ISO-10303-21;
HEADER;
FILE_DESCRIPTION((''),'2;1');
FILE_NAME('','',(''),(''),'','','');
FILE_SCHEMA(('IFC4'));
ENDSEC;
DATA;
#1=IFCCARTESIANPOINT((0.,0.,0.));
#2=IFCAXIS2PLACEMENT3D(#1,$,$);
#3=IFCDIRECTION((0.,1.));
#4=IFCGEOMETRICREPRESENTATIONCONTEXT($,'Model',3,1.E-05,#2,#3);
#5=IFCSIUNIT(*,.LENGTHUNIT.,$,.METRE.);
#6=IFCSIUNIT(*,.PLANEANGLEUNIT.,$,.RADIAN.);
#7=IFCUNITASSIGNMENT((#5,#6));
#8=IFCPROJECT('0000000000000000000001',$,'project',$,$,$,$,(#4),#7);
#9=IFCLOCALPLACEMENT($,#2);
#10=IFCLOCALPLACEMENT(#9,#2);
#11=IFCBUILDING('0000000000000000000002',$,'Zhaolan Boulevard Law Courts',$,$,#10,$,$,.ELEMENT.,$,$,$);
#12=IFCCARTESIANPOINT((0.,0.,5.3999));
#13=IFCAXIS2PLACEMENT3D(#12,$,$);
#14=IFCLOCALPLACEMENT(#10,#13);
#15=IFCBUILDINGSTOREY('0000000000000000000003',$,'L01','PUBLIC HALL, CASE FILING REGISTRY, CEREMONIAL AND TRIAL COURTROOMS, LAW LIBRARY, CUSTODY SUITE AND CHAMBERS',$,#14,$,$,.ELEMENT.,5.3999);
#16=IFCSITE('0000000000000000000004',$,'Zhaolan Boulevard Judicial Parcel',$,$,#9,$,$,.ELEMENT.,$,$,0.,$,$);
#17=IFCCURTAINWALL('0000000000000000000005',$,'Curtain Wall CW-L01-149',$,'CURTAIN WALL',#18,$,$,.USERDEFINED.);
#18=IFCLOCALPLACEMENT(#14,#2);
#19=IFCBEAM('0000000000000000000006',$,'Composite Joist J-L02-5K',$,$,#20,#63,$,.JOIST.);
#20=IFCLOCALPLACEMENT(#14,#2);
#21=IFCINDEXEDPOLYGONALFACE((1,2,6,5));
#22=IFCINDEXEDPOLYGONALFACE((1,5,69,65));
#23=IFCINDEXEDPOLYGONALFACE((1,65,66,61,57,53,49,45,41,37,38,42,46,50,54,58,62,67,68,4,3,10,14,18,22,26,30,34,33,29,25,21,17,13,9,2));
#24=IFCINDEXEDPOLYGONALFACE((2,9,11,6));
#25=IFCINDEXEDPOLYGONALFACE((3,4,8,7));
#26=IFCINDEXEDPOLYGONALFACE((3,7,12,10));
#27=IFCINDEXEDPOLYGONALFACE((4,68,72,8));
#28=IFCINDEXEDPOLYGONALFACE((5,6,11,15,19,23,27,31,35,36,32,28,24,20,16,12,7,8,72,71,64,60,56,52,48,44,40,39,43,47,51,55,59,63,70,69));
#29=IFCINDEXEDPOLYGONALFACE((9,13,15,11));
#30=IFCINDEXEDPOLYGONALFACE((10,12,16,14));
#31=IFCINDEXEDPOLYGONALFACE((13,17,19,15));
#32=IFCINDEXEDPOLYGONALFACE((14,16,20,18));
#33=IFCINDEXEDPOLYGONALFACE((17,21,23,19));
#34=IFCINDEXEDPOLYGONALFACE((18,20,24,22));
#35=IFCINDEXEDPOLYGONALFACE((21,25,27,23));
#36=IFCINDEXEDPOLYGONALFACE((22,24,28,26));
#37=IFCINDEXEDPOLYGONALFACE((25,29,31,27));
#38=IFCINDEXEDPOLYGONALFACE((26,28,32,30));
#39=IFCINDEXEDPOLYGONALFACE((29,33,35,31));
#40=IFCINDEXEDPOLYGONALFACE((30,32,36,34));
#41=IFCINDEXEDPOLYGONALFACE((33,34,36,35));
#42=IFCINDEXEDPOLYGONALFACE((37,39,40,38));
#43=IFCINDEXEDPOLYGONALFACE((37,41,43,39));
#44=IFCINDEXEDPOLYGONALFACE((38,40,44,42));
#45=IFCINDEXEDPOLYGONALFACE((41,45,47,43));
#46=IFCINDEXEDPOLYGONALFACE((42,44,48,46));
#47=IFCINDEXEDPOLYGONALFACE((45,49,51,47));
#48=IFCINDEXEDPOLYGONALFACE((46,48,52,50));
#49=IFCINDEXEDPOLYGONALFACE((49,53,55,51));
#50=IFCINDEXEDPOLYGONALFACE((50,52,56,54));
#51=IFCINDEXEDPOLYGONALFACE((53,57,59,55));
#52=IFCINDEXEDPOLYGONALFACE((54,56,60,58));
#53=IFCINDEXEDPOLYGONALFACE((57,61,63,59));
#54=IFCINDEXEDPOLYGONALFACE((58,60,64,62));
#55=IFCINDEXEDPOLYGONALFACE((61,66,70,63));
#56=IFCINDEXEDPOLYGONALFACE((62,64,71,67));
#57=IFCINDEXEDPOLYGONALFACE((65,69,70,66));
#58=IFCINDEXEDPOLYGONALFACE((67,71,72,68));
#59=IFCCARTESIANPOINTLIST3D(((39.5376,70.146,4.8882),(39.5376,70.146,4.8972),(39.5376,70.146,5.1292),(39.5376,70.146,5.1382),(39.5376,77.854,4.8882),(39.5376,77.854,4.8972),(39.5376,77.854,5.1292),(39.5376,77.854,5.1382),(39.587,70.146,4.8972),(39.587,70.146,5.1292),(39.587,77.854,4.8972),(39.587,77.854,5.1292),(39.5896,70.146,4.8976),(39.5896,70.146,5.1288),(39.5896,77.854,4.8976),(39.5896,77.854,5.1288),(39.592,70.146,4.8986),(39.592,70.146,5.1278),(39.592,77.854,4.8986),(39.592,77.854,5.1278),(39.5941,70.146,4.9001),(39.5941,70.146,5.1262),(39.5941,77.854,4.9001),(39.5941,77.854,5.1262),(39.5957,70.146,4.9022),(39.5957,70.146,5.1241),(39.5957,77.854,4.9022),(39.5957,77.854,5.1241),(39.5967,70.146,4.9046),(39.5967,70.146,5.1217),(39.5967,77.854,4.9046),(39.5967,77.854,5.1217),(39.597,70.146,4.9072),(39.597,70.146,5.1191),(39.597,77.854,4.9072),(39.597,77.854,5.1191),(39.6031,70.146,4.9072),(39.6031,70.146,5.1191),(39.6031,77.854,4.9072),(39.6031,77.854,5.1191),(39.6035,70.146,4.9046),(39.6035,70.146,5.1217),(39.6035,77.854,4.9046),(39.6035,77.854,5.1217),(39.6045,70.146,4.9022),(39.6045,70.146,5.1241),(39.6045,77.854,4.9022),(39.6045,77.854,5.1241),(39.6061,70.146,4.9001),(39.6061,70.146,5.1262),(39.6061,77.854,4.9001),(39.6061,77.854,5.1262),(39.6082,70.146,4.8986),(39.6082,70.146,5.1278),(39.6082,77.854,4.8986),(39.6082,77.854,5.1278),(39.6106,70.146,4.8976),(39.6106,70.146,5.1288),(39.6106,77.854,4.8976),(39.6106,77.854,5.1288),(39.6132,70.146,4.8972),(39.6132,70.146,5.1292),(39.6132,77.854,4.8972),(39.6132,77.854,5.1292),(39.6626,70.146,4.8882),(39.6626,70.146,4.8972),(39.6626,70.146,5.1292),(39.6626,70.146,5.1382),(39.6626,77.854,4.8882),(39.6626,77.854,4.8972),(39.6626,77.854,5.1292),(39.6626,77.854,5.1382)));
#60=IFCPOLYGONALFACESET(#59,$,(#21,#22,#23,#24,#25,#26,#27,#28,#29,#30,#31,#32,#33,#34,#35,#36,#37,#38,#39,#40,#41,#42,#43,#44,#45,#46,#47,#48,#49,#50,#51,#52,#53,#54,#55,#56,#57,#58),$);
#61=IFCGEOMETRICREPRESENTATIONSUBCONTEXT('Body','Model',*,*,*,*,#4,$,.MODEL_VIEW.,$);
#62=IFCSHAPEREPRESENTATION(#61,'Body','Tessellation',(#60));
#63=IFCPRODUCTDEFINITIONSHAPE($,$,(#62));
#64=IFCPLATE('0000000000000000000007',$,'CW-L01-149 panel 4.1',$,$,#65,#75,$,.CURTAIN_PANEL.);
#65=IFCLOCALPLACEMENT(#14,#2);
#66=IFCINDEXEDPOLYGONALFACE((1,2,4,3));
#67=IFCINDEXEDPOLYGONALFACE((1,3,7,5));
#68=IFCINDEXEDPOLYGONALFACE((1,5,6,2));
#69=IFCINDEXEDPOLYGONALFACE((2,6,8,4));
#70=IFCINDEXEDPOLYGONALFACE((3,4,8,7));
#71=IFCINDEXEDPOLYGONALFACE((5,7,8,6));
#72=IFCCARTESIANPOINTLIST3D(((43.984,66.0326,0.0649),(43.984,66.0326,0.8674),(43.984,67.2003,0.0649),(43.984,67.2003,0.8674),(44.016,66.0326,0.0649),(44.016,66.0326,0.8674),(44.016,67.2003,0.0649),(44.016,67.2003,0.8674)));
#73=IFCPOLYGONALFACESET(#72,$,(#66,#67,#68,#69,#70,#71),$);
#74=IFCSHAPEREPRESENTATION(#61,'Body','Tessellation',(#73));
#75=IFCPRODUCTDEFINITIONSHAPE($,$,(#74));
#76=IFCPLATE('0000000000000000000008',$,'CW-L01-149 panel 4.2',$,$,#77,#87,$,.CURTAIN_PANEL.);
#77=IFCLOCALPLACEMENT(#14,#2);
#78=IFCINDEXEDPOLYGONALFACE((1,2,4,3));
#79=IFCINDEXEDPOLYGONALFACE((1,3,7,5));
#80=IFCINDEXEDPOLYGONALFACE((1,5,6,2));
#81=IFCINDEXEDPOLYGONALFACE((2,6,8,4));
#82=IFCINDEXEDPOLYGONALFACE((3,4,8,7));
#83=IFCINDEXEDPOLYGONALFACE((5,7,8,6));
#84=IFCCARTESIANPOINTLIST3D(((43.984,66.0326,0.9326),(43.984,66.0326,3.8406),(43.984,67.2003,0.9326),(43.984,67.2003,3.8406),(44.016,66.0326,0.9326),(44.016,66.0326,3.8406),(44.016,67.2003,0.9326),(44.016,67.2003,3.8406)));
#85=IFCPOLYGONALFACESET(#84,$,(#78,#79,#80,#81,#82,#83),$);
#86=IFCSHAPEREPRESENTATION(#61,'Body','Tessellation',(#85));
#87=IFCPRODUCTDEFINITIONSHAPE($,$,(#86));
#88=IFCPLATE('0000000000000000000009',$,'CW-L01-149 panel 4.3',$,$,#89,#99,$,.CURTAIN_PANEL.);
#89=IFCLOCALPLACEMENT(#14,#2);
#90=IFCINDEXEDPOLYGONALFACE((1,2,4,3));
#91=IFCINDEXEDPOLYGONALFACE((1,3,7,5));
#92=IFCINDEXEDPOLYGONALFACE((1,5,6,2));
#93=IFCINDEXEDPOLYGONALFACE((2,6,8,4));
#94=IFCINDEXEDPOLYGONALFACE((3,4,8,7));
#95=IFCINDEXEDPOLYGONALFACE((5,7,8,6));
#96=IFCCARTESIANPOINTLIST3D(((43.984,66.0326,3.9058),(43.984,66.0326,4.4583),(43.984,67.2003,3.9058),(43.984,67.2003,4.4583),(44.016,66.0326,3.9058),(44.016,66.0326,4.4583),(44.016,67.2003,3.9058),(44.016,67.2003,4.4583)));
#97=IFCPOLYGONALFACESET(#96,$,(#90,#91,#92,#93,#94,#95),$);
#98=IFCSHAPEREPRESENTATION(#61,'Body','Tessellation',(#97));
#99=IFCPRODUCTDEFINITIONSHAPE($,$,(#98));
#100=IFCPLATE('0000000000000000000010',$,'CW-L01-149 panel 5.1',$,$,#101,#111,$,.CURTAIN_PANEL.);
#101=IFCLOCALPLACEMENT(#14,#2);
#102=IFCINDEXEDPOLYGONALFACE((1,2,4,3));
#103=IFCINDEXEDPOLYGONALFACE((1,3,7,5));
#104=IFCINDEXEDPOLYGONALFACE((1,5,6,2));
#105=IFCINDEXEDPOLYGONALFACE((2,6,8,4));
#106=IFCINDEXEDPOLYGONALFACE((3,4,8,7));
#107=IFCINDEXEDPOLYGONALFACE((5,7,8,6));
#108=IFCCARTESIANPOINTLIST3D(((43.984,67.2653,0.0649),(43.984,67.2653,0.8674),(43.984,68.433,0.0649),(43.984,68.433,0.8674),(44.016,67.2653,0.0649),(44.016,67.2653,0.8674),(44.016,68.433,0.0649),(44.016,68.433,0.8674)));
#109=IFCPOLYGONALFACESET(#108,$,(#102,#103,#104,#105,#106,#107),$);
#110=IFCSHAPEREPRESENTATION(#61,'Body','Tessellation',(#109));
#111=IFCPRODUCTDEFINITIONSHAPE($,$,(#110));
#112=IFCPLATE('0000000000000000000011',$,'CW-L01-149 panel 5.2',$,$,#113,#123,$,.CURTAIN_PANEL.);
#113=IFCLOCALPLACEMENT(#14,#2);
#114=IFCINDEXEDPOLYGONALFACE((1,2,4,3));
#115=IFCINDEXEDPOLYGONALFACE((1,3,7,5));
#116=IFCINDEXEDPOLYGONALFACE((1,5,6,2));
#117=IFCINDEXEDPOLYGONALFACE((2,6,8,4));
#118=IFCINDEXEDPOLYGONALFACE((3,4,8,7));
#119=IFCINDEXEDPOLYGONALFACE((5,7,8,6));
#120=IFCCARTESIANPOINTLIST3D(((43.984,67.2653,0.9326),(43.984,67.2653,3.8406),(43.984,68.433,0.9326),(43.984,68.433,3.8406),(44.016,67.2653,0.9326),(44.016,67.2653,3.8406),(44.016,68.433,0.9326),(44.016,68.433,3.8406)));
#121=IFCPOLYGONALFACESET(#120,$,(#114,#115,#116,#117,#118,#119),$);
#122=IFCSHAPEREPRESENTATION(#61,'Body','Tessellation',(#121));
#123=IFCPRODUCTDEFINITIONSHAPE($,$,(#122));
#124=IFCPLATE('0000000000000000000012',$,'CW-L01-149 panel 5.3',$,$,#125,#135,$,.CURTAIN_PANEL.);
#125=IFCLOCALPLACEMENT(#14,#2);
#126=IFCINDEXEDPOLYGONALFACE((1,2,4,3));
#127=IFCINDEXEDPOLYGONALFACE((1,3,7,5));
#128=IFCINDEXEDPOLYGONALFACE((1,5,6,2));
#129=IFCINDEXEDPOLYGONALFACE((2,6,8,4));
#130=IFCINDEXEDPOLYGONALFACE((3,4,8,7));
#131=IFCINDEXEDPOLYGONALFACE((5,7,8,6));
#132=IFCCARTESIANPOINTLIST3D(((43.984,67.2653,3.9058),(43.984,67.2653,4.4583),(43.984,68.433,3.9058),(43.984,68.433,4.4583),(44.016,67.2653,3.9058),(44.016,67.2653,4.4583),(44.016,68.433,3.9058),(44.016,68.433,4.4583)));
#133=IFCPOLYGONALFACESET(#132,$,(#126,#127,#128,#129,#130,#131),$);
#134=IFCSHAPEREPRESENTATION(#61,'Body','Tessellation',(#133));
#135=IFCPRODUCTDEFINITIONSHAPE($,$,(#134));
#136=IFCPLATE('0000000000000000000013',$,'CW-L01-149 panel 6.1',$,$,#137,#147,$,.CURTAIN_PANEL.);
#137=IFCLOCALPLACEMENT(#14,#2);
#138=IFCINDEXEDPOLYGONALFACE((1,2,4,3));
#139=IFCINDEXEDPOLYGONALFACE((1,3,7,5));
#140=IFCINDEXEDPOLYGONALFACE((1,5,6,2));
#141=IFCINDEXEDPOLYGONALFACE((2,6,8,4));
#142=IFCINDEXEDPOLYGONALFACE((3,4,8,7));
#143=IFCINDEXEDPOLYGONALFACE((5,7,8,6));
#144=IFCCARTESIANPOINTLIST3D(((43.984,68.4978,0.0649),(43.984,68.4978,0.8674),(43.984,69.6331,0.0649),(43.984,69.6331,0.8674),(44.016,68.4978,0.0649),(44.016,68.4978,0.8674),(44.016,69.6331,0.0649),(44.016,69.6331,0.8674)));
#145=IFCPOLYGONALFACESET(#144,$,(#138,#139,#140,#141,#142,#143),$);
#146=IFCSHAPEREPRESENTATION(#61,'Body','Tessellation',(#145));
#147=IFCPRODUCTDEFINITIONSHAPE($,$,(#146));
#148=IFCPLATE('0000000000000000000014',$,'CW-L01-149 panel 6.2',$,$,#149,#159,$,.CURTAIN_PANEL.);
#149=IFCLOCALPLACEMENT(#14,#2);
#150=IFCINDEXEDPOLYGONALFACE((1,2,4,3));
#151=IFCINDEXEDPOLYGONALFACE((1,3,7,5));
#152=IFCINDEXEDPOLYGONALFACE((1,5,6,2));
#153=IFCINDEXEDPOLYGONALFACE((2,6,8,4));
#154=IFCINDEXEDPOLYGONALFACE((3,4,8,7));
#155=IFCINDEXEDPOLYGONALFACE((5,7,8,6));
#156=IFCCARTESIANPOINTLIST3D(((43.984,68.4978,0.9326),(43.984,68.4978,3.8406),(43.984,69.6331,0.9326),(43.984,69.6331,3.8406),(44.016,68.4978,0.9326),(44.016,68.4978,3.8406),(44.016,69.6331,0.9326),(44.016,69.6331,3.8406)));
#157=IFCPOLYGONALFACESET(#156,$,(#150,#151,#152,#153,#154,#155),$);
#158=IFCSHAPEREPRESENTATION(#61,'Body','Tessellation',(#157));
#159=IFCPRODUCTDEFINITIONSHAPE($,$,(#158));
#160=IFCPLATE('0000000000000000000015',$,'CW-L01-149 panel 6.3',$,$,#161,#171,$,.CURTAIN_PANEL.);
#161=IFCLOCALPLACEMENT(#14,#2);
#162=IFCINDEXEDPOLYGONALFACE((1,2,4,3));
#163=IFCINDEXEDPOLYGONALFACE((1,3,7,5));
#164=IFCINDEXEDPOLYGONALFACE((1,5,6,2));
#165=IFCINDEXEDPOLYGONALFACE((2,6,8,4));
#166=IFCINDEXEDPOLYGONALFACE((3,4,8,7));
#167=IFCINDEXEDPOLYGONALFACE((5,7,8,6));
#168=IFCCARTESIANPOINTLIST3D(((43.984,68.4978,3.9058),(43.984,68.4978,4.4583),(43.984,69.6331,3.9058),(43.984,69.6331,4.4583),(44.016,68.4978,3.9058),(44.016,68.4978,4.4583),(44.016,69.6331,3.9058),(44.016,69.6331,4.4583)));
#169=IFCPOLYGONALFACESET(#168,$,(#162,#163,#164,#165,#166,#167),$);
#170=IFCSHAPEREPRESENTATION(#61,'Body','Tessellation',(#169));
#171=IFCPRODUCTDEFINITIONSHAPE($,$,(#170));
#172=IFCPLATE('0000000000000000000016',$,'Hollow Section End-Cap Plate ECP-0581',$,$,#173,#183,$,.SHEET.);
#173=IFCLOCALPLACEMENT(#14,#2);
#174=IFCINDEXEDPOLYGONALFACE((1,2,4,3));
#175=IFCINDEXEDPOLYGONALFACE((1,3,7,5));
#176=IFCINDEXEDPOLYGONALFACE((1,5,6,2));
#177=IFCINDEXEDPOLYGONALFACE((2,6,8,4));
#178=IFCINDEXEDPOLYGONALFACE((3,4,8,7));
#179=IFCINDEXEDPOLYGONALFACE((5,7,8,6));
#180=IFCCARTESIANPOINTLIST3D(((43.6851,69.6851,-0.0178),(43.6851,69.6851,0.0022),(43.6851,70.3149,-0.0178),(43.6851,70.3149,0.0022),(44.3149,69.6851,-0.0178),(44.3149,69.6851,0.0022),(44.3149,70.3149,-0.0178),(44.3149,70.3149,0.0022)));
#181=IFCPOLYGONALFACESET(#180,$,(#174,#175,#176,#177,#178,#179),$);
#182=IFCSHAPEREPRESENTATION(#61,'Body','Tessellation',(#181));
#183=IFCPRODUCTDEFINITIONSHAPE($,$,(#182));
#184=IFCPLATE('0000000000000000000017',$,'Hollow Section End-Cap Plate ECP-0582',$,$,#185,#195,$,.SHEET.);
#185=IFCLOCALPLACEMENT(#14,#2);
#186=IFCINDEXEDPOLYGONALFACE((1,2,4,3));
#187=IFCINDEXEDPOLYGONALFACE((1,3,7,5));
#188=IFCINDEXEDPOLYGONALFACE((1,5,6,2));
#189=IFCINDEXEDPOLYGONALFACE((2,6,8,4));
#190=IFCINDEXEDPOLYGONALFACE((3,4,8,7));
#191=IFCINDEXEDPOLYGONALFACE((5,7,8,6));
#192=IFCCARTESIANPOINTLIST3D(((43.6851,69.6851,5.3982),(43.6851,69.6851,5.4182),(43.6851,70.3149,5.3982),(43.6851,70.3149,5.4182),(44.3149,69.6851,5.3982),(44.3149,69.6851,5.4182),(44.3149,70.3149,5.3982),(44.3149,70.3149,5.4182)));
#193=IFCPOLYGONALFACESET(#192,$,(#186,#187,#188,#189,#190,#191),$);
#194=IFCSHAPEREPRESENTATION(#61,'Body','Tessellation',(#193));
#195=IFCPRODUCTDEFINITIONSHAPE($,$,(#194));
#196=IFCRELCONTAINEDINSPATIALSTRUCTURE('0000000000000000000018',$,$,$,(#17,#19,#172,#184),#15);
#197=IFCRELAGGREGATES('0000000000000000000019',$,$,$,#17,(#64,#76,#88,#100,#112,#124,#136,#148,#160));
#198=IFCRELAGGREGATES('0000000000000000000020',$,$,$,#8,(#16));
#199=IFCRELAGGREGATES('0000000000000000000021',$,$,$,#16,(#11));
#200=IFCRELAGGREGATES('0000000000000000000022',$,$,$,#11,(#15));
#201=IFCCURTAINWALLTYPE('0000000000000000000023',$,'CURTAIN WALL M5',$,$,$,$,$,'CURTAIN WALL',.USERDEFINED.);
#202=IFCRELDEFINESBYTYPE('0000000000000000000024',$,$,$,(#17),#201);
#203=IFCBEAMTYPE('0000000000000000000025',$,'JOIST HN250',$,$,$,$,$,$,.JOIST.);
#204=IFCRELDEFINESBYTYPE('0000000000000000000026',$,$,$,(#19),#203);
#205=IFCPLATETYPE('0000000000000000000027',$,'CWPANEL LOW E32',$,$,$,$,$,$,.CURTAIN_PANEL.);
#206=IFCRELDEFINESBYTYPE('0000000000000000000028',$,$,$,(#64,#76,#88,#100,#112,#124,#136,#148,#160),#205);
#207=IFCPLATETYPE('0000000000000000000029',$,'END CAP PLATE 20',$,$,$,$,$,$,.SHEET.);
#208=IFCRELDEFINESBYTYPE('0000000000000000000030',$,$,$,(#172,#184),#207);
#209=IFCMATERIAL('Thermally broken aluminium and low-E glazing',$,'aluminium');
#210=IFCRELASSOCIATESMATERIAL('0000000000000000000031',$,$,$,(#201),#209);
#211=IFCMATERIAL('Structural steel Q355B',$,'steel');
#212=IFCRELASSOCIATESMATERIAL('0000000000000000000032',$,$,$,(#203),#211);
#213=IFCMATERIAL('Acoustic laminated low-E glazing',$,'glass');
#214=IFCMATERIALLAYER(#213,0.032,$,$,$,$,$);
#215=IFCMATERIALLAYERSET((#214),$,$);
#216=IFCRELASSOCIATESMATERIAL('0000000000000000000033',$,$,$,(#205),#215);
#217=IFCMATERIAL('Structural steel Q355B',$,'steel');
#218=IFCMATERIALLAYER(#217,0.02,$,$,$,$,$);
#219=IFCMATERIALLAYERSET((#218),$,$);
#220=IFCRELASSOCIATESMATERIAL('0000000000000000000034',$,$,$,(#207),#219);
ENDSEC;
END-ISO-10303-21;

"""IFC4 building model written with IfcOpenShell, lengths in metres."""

from ifc_helpers import new_model, si_unit, direction, frame, origin, origin_2d, place, context, subcontext, project, spatial, rectangle, i_section, extrude, material, layer, layer_set, material_profile, profile_set, type_object, element, aggregate, save


model = new_model("IFC4")

# Units and contexts
model_context = context("Model", 3, precision=1e-05, world=origin(), true_north=direction((0.0, 1.0)))
body_context = subcontext(model_context, "Body", "Model", "MODEL_VIEW")
ifc_project = project(units=[si_unit("LENGTHUNIT", "METRE"), si_unit("PLANEANGLEUNIT", "RADIAN")], contexts=[model_context])

# Site, building, storey
site_placement = place(None, origin())
site = spatial("IfcSite", under=ifc_project, at=site_placement, Name="Zhaolan Boulevard Judicial Parcel", CompositionType="ELEMENT", RefElevation=0.0)
building_placement = place(site_placement, origin())
building = spatial("IfcBuilding", under=site, at=building_placement, Name="Zhaolan Boulevard Law Courts", CompositionType="ELEMENT")
storey_placement = place(building_placement, frame((0.0, 0.0, 5.3999)))
storey = spatial("IfcBuildingStorey", under=building, at=storey_placement, Name="L01", Description="PUBLIC HALL, CASE FILING REGISTRY, CEREMONIAL AND TRIAL COURTROOMS, LAW LIBRARY, CUSTODY SUITE AND CHAMBERS", CompositionType="ELEMENT", Elevation=5.3999)

# Curtain wall
ifc_material_1 = material(Name="Thermally broken aluminium and low-E glazing", Category="aluminium")
curtain_wall_type_1 = type_object("IfcCurtainWallType", Name="CURTAIN WALL M5", ElementType="CURTAIN WALL", PredefinedType="USERDEFINED", material=ifc_material_1)
curtain_wall_1_placement = place(storey_placement, origin())
curtain_wall_1 = element("IfcCurtainWall", 1, at=curtain_wall_1_placement, inside=storey, type_object=curtain_wall_type_1, Name="Curtain Wall CW-L01-149", ObjectType="CURTAIN WALL", PredefinedType="USERDEFINED")

# Beam
ifc_material_2 = material(Name="Structural steel Q355B", Category="steel")
ifc_material_profile_1 = material_profile(ifc_material_2, i_section(OverallWidth=0.125, OverallDepth=0.25, WebThickness=0.0061, FlangeThickness=0.009, FilletRadius=0.01, at=origin_2d()), Name="HN250x125")
ifc_profile_set_1 = profile_set([ifc_material_profile_1], Name="Structural steel Q355B")
beam_type_1 = type_object("IfcBeamType", Name="JOIST HN250", PredefinedType="JOIST", material=ifc_profile_set_1)
beam_1_placement = place(storey_placement, frame((39.6001, 70.146, 5.0132), z_axis=(0.0, 1.0, 0.0), x_axis=(-1.0, 0.0, 0.0)))
element("IfcBeam", 2, at=beam_1_placement, inside=storey, type_object=beam_type_1, Name="Composite Joist J-L02-5K", PredefinedType="JOIST", context=body_context, shape_type="SweptSolid", body=[
    extrude(i_section(OverallWidth=0.125, OverallDepth=0.25, WebThickness=0.0061, FlangeThickness=0.009, FilletRadius=0.01, at=origin_2d()), origin(), (0.0, 0.0, 1.0), 7.708),
])

# Plates
ifc_material_3 = material(Name="Acoustic laminated low-E glazing", Category="glass")
ifc_layer_1 = layer(ifc_material_3, 0.032)
ifc_layer_set_1 = layer_set([ifc_layer_1])
plate_type_1 = type_object("IfcPlateType", Name="CWPANEL LOW E32", PredefinedType="CURTAIN_PANEL", material=ifc_layer_set_1)
plate_1_placement = place(storey_placement, frame((44.0, 66.6165, 0.0649), z_axis=(0.0, 0.0, 1.0), x_axis=(0.0, 1.0, 0.0)))
plate_1 = element("IfcPlate", 3, at=plate_1_placement, type_object=plate_type_1, Name="CW-L01-149 panel 4.1", PredefinedType="CURTAIN_PANEL", context=body_context, shape_type="SweptSolid", body=[
    extrude(rectangle(XDim=1.1677, YDim=0.032, at=origin_2d()), origin(), (0.0, 0.0, 1.0), 0.8025),
])
plate_2_placement = place(storey_placement, frame((44.0, 66.6165, 0.9326), z_axis=(0.0, 0.0, 1.0), x_axis=(0.0, 1.0, 0.0)))
plate_2 = element("IfcPlate", 4, at=plate_2_placement, type_object=plate_type_1, Name="CW-L01-149 panel 4.2", PredefinedType="CURTAIN_PANEL", context=body_context, shape_type="SweptSolid", body=[
    extrude(rectangle(XDim=1.1677, YDim=0.032, at=origin_2d()), origin(), (0.0, 0.0, 1.0), 2.908),
])
plate_3_placement = place(storey_placement, frame((44.0, 66.6165, 3.9058), z_axis=(0.0, 0.0, 1.0), x_axis=(0.0, 1.0, 0.0)))
plate_3 = element("IfcPlate", 5, at=plate_3_placement, type_object=plate_type_1, Name="CW-L01-149 panel 4.3", PredefinedType="CURTAIN_PANEL", context=body_context, shape_type="SweptSolid", body=[
    extrude(rectangle(XDim=1.1677, YDim=0.032, at=origin_2d()), origin(), (0.0, 0.0, 1.0), 0.5525),
])
plate_4_placement = place(storey_placement, frame((44.0, 67.8491, 0.0649), z_axis=(0.0, 0.0, 1.0), x_axis=(0.0, 1.0, 0.0)))
plate_4 = element("IfcPlate", 6, at=plate_4_placement, type_object=plate_type_1, Name="CW-L01-149 panel 5.1", PredefinedType="CURTAIN_PANEL", context=body_context, shape_type="SweptSolid", body=[
    extrude(rectangle(XDim=1.1677, YDim=0.032, at=origin_2d()), origin(), (0.0, 0.0, 1.0), 0.8025),
])
plate_5_placement = place(storey_placement, frame((44.0, 67.8491, 0.9326), z_axis=(0.0, 0.0, 1.0), x_axis=(0.0, 1.0, 0.0)))
plate_5 = element("IfcPlate", 7, at=plate_5_placement, type_object=plate_type_1, Name="CW-L01-149 panel 5.2", PredefinedType="CURTAIN_PANEL", context=body_context, shape_type="SweptSolid", body=[
    extrude(rectangle(XDim=1.1677, YDim=0.032, at=origin_2d()), origin(), (0.0, 0.0, 1.0), 2.908),
])
plate_6_placement = place(storey_placement, frame((44.0, 67.8491, 3.9058), z_axis=(0.0, 0.0, 1.0), x_axis=(0.0, 1.0, 0.0)))
plate_6 = element("IfcPlate", 8, at=plate_6_placement, type_object=plate_type_1, Name="CW-L01-149 panel 5.3", PredefinedType="CURTAIN_PANEL", context=body_context, shape_type="SweptSolid", body=[
    extrude(rectangle(XDim=1.1677, YDim=0.032, at=origin_2d()), origin(), (0.0, 0.0, 1.0), 0.5525),
])
plate_7_placement = place(storey_placement, frame((44.0, 69.0654, 0.0649), z_axis=(0.0, 0.0, 1.0), x_axis=(0.0, 1.0, 0.0)))
plate_7 = element("IfcPlate", 9, at=plate_7_placement, type_object=plate_type_1, Name="CW-L01-149 panel 6.1", PredefinedType="CURTAIN_PANEL", context=body_context, shape_type="SweptSolid", body=[
    extrude(rectangle(XDim=1.1353, YDim=0.032, at=origin_2d()), origin(), (0.0, 0.0, 1.0), 0.8025),
])
plate_8_placement = place(storey_placement, frame((44.0, 69.0654, 0.9326), z_axis=(0.0, 0.0, 1.0), x_axis=(0.0, 1.0, 0.0)))
plate_8 = element("IfcPlate", 10, at=plate_8_placement, type_object=plate_type_1, Name="CW-L01-149 panel 6.2", PredefinedType="CURTAIN_PANEL", context=body_context, shape_type="SweptSolid", body=[
    extrude(rectangle(XDim=1.1353, YDim=0.032, at=origin_2d()), origin(), (0.0, 0.0, 1.0), 2.908),
])
plate_9_placement = place(storey_placement, frame((44.0, 69.0654, 3.9058), z_axis=(0.0, 0.0, 1.0), x_axis=(0.0, 1.0, 0.0)))
plate_9 = element("IfcPlate", 11, at=plate_9_placement, type_object=plate_type_1, Name="CW-L01-149 panel 6.3", PredefinedType="CURTAIN_PANEL", context=body_context, shape_type="SweptSolid", body=[
    extrude(rectangle(XDim=1.1353, YDim=0.032, at=origin_2d()), origin(), (0.0, 0.0, 1.0), 0.5525),
])
aggregate(curtain_wall_1, [plate_1, plate_2, plate_3, plate_4, plate_5, plate_6, plate_7, plate_8, plate_9])

# Plates
ifc_material_4 = material(Name="Structural steel Q355B", Category="steel")
ifc_layer_2 = layer(ifc_material_4, 0.02)
ifc_layer_set_2 = layer_set([ifc_layer_2])
plate_type_2 = type_object("IfcPlateType", Name="END CAP PLATE 20", PredefinedType="SHEET", material=ifc_layer_set_2)
for number, where, z_axis, x_axis, name in (
    (12, (44.0, 70.0, -0.0178), (0.0, 0.0, 1.0), (1.0, 0.0, 0.0), "Hollow Section End-Cap Plate ECP-0581"),
    (13, (44.0, 70.0, 5.3982), (0.0, 0.0, 1.0), (1.0, 0.0, 0.0), "Hollow Section End-Cap Plate ECP-0582"),
):
    element("IfcPlate", number, at=place(storey_placement, frame(where, z_axis=z_axis, x_axis=x_axis)), inside=storey, type_object=plate_type_2, Name=name, PredefinedType="SHEET", context=body_context, shape_type="SweptSolid", body=[
        extrude(rectangle(XDim=0.6299, YDim=0.6299, at=origin_2d()), origin(), (0.0, 0.0, 1.0), 0.02),
    ])

save(model, "model.ifc")
